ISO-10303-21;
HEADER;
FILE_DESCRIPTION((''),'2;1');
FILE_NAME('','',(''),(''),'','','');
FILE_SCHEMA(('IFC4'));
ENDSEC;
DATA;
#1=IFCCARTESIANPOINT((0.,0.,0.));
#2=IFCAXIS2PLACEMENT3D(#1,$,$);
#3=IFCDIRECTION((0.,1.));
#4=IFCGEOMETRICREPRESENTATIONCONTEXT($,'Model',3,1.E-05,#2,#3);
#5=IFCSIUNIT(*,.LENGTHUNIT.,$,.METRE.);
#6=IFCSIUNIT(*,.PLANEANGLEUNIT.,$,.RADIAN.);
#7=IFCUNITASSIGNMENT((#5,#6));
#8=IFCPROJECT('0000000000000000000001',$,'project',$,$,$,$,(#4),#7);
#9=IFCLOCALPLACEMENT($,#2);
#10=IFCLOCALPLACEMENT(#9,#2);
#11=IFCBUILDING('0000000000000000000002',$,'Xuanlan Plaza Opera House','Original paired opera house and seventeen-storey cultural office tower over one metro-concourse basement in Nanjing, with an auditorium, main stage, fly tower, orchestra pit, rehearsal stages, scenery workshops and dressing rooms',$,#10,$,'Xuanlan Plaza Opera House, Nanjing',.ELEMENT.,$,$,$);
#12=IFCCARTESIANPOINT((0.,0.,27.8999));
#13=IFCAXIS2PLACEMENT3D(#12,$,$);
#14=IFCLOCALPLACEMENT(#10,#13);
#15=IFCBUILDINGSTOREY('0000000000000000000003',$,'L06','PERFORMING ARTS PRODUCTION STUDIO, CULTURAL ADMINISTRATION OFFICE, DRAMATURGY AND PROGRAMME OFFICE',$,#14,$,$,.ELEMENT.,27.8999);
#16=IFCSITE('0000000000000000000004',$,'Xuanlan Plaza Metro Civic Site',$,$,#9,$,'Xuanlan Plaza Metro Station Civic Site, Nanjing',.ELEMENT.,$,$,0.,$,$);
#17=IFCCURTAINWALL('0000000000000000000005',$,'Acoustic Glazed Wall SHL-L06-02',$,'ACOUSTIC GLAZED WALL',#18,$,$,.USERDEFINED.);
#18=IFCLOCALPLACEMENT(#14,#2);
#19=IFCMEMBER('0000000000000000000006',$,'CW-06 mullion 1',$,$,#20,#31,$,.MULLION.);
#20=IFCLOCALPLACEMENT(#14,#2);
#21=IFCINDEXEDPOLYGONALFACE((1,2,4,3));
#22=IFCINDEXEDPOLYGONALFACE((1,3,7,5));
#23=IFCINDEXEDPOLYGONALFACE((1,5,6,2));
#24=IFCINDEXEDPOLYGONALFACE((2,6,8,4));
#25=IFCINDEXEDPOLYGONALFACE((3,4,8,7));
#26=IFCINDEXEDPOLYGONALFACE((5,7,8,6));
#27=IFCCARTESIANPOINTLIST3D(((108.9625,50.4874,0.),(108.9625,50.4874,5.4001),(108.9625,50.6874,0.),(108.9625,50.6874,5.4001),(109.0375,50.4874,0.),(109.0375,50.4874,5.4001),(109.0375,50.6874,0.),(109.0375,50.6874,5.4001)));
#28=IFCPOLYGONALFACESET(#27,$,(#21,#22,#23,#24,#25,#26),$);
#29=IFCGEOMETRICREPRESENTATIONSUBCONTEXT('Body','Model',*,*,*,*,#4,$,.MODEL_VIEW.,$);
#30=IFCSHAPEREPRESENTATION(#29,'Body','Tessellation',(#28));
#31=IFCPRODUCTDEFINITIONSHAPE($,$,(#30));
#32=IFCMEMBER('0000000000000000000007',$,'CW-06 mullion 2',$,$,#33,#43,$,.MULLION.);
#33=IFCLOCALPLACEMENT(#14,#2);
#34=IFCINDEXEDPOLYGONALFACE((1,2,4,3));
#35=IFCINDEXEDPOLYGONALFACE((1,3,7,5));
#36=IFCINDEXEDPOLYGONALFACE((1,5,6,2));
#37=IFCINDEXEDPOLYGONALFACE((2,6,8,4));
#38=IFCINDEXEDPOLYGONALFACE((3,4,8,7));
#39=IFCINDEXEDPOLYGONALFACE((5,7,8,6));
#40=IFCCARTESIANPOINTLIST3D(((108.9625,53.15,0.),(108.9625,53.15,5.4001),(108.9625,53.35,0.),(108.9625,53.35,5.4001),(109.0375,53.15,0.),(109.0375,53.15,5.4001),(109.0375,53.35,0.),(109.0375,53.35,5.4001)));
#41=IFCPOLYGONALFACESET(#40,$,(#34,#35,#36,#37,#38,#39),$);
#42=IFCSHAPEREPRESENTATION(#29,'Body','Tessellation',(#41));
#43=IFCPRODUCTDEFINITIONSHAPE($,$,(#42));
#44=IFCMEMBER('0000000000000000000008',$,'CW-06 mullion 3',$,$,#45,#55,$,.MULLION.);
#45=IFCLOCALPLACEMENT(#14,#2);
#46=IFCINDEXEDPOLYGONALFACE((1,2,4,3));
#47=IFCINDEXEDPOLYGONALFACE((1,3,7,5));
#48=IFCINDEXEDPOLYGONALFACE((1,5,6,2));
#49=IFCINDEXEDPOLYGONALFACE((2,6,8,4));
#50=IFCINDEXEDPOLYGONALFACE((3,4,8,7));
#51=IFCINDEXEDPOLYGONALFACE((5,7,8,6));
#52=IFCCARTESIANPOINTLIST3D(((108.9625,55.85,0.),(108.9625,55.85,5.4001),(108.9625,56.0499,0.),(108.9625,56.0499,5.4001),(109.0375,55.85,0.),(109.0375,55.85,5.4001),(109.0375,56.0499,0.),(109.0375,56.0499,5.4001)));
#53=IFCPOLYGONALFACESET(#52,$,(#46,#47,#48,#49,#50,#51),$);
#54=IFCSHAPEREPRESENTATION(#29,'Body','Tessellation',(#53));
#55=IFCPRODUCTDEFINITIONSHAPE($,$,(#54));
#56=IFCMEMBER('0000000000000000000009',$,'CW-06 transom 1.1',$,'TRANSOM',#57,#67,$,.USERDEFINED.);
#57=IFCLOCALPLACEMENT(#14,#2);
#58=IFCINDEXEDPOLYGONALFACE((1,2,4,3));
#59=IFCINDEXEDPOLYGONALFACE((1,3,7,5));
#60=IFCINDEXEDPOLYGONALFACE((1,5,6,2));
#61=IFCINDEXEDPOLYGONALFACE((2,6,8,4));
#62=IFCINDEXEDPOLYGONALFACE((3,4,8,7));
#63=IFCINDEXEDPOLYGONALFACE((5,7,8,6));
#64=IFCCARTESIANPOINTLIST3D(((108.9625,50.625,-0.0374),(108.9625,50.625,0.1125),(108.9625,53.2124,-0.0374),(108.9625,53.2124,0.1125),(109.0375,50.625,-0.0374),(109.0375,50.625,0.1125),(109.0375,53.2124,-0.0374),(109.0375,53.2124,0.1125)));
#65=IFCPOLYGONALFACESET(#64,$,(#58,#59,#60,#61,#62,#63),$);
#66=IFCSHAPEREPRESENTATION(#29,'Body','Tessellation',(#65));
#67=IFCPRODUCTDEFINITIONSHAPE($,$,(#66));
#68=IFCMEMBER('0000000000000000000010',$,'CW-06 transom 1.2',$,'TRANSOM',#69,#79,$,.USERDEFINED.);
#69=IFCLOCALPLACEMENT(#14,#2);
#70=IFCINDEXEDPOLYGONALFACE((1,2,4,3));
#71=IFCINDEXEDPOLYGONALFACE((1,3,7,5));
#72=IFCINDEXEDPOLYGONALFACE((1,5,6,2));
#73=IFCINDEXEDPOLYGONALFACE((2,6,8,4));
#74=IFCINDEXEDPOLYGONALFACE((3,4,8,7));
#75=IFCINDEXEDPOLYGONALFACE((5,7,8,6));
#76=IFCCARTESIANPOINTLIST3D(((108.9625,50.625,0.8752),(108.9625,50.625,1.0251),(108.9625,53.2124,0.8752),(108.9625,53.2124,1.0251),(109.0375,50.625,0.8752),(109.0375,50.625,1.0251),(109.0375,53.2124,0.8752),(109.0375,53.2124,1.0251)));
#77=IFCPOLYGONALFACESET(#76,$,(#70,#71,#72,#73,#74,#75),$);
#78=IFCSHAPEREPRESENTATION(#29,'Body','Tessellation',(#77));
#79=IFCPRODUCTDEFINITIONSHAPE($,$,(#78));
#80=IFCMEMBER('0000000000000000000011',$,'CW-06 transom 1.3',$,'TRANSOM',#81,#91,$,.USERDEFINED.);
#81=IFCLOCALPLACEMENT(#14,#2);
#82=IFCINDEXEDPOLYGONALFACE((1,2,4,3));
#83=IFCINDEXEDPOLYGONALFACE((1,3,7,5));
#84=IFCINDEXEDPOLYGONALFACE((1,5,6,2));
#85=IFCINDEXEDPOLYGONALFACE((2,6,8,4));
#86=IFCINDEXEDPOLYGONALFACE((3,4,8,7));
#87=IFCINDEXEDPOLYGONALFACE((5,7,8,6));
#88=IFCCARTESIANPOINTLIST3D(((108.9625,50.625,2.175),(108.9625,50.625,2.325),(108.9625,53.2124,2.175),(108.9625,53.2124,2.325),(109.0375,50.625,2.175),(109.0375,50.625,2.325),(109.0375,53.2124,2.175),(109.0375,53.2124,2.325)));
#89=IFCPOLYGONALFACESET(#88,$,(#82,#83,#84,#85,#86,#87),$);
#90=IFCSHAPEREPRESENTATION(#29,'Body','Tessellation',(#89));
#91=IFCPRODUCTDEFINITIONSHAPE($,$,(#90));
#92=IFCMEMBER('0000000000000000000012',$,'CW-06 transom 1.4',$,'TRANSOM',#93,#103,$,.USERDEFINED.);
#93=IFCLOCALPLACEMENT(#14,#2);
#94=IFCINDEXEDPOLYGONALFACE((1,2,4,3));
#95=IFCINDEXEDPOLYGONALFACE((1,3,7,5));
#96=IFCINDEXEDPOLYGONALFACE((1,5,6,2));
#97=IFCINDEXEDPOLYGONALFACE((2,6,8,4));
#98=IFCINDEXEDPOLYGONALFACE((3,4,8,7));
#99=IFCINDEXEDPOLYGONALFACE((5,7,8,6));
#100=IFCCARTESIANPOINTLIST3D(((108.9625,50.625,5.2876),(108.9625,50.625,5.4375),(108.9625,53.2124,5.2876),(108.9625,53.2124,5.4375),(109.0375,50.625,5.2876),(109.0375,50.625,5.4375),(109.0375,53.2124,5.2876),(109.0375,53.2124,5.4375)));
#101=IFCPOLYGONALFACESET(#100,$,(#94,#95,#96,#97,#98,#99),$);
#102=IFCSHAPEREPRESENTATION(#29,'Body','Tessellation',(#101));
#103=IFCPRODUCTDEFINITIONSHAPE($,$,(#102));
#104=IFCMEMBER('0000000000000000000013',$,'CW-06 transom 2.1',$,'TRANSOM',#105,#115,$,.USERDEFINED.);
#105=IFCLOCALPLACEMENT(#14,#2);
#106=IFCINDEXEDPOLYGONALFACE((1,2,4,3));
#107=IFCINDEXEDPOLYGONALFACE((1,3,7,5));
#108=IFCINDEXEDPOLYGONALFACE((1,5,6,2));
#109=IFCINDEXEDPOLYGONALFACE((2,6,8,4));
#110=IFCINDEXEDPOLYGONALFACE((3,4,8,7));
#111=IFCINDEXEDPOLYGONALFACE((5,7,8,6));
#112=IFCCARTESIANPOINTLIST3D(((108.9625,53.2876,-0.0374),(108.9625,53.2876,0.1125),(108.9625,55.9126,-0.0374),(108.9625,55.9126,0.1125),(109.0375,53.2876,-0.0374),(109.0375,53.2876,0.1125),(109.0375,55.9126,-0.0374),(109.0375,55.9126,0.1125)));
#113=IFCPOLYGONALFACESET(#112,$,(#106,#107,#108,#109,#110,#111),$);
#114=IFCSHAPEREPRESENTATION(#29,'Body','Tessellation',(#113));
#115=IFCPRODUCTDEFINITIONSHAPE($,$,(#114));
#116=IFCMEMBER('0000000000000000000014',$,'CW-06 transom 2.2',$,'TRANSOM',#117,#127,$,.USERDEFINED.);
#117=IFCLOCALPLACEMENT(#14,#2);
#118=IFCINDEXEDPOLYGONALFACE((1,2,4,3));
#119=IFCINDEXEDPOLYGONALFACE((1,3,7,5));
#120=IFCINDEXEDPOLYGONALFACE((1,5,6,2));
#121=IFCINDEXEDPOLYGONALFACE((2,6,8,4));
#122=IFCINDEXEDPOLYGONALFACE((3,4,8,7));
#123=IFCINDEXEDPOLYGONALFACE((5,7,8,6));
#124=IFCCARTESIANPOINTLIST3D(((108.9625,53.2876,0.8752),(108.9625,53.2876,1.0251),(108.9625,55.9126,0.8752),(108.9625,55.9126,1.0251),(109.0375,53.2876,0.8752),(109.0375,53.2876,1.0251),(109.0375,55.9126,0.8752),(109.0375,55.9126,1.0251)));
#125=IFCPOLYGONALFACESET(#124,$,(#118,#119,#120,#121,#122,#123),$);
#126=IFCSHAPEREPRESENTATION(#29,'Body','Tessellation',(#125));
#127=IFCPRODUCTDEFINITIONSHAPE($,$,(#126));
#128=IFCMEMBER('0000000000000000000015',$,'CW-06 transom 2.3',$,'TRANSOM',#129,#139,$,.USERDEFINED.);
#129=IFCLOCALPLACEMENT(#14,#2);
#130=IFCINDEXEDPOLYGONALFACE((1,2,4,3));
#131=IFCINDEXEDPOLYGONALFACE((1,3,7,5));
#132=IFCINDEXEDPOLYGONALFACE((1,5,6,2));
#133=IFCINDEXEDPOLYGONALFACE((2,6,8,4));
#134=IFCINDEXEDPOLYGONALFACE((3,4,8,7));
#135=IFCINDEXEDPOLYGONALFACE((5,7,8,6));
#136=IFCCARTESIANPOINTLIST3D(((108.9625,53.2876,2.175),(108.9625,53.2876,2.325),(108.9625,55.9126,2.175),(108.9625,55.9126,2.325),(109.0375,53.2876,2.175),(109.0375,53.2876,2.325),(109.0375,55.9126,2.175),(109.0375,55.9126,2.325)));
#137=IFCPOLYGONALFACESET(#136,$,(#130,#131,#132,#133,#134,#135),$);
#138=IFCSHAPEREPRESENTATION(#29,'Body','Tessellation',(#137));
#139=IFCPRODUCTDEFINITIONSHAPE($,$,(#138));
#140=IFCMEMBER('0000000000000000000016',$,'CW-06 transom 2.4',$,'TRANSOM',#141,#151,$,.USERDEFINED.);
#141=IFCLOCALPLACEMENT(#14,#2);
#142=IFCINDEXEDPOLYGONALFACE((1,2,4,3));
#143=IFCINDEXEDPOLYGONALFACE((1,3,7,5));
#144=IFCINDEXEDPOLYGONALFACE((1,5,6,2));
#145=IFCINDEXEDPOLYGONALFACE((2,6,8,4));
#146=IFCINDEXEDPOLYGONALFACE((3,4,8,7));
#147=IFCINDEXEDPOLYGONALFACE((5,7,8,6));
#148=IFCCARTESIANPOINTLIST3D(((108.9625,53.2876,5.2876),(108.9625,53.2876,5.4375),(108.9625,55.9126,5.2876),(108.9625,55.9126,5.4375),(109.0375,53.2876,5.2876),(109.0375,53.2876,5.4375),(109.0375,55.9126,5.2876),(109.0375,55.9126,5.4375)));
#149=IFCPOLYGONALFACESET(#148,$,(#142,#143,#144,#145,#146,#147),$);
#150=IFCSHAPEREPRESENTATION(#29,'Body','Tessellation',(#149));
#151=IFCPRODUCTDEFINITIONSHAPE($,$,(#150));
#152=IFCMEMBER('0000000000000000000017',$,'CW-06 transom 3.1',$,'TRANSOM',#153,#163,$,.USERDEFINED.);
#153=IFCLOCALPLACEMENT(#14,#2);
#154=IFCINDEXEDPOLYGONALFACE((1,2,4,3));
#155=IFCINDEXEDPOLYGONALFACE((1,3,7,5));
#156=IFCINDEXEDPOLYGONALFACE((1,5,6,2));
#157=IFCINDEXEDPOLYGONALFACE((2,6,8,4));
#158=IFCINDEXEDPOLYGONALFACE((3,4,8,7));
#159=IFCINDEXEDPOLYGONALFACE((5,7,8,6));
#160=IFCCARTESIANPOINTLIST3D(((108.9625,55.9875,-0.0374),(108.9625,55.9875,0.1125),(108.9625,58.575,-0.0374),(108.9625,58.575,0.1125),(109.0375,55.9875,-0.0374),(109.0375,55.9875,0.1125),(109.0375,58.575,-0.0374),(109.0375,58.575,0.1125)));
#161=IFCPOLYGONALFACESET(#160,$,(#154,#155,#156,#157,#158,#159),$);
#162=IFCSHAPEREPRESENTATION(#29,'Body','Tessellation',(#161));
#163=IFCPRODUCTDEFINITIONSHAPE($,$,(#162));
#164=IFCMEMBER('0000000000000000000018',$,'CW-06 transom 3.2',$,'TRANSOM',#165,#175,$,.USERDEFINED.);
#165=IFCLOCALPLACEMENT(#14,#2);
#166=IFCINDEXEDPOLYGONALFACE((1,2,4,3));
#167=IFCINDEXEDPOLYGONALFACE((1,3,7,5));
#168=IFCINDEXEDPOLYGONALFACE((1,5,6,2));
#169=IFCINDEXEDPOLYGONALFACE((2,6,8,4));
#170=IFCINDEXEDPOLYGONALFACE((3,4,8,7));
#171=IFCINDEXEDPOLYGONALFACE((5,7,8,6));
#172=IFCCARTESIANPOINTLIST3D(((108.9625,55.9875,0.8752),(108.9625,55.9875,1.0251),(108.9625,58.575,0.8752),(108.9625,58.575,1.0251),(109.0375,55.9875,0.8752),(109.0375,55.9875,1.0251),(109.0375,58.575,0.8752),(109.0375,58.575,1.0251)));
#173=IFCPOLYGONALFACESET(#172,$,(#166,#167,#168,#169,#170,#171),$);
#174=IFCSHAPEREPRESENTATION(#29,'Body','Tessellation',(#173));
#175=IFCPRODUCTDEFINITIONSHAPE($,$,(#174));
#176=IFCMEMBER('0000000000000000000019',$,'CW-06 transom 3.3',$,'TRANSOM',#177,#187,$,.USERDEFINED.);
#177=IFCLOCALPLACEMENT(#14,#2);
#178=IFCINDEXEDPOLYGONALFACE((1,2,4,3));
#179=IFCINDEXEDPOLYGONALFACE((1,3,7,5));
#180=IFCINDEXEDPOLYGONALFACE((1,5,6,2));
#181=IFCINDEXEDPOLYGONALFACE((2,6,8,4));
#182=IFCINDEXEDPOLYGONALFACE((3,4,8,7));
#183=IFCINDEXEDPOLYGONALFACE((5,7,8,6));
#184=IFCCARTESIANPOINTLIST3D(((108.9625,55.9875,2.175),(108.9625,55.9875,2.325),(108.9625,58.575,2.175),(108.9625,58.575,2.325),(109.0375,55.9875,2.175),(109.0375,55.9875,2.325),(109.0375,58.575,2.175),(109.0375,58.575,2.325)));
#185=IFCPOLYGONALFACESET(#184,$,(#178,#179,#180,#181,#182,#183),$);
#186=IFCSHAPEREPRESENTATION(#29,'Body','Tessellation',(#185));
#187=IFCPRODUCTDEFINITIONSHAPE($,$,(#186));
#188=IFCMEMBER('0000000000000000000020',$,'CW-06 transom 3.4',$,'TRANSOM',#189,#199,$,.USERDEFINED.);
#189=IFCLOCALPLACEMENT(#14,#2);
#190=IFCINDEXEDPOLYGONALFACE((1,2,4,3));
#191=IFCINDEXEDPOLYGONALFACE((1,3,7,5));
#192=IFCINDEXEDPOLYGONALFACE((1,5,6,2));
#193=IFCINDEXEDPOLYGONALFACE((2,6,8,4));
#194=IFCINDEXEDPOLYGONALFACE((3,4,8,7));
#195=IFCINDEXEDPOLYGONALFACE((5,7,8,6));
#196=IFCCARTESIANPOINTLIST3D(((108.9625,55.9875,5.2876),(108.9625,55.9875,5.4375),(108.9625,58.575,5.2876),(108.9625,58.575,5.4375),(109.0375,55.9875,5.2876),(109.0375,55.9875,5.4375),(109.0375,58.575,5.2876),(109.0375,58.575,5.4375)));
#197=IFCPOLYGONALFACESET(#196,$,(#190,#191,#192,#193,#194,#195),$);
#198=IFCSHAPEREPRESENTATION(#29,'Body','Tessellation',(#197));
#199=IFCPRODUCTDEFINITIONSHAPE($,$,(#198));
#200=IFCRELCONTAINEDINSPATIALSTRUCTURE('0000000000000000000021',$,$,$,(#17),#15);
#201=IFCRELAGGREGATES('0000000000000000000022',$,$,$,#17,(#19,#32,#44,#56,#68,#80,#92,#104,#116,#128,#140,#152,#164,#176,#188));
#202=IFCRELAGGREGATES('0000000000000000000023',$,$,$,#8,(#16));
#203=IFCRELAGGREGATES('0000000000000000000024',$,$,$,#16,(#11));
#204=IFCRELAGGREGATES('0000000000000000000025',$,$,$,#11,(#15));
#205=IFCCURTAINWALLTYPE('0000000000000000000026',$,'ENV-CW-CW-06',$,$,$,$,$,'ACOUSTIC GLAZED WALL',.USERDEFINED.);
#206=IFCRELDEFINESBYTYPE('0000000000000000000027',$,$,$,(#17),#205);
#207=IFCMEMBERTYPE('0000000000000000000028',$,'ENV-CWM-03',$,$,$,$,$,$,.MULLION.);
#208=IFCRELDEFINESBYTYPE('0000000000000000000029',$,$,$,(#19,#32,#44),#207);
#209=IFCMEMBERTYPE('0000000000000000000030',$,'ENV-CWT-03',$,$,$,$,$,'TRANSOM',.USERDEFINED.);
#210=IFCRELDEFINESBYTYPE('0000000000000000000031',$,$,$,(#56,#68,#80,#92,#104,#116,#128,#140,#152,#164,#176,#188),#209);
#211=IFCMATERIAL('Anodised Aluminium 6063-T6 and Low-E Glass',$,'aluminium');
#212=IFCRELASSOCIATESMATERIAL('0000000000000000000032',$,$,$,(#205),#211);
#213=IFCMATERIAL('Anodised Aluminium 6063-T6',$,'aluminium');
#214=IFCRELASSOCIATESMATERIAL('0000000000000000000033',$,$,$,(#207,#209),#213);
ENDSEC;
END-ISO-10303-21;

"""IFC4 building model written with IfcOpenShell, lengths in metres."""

from ifc_helpers import new_model, si_unit, direction, frame, origin, origin_2d, place, context, subcontext, project, spatial, rectangle, extrude, material, material_profile, profile_set, type_object, element, aggregate, save


model = new_model("IFC4")

# Units and contexts
model_context = context("Model", 3, precision=1e-05, world=origin(), true_north=direction((0.0, 1.0)))
body_context = subcontext(model_context, "Body", "Model", "MODEL_VIEW")
ifc_project = project(units=[si_unit("LENGTHUNIT", "METRE"), si_unit("PLANEANGLEUNIT", "RADIAN")], contexts=[model_context])

# Site, building, storey
site_placement = place(None, origin())
site = spatial("IfcSite", under=ifc_project, at=site_placement, Name="Xuanlan Plaza Metro Civic Site", LongName="Xuanlan Plaza Metro Station Civic Site, Nanjing", CompositionType="ELEMENT", RefElevation=0.0)
building_placement = place(site_placement, origin())
building = spatial("IfcBuilding", under=site, at=building_placement, Name="Xuanlan Plaza Opera House", Description="Original paired opera house and seventeen-storey cultural office tower over one metro-concourse basement in Nanjing, with an auditorium, main stage, fly tower, orchestra pit, rehearsal stages, scenery workshops and dressing rooms", LongName="Xuanlan Plaza Opera House, Nanjing", CompositionType="ELEMENT")
storey_placement = place(building_placement, frame((0.0, 0.0, 27.8999)))
storey = spatial("IfcBuildingStorey", under=building, at=storey_placement, Name="L06", Description="PERFORMING ARTS PRODUCTION STUDIO, CULTURAL ADMINISTRATION OFFICE, DRAMATURGY AND PROGRAMME OFFICE", CompositionType="ELEMENT", Elevation=27.8999)

# Curtain wall, members
ifc_material_1 = material(Name="Anodised Aluminium 6063-T6 and Low-E Glass", Category="aluminium")
curtain_wall_type = type_object("IfcCurtainWallType", Name="ENV-CW-CW-06", ElementType="ACOUSTIC GLAZED WALL", PredefinedType="USERDEFINED", material=ifc_material_1)
curtain_wall_1_placement = place(storey_placement, origin())
curtain_wall_1 = element("IfcCurtainWall", 1, at=curtain_wall_1_placement, inside=storey, type_object=curtain_wall_type, Name="Acoustic Glazed Wall SHL-L06-02", ObjectType="ACOUSTIC GLAZED WALL", PredefinedType="USERDEFINED")
ifc_material_2 = material(Name="Anodised Aluminium 6063-T6", Category="aluminium")
ifc_material_profile_1 = material_profile(ifc_material_2, rectangle(XDim=0.075, YDim=0.2, at=origin_2d()), Name="ALU-M 75x200")
ifc_profile_set_1 = profile_set([ifc_material_profile_1], Name="Anodised Aluminium 6063-T6")
member_type_1 = type_object("IfcMemberType", Name="ENV-CWM-03", PredefinedType="MULLION", material=ifc_profile_set_1)
member_1_placement = place(storey_placement, frame((109.0, 50.5874, 0.0), z_axis=(0.0, 0.0, 1.0), x_axis=(-1.0, 0.0, 0.0)))
member_1 = element("IfcMember", 2, at=member_1_placement, type_object=member_type_1, Name="CW-06 mullion 1", PredefinedType="MULLION", context=body_context, shape_type="SweptSolid", body=[
    extrude(rectangle(XDim=0.075, YDim=0.2, at=origin_2d()), origin(), (0.0, 0.0, 1.0), 5.4001),
])
member_2_placement = place(storey_placement, frame((109.0, 53.25, 0.0), z_axis=(0.0, 0.0, 1.0), x_axis=(-1.0, 0.0, 0.0)))
member_2 = element("IfcMember", 3, at=member_2_placement, type_object=member_type_1, Name="CW-06 mullion 2", PredefinedType="MULLION", context=body_context, shape_type="SweptSolid", body=[
    extrude(rectangle(XDim=0.075, YDim=0.2, at=origin_2d()), origin(), (0.0, 0.0, 1.0), 5.4001),
])
member_3_placement = place(storey_placement, frame((109.0, 55.95, 0.0), z_axis=(0.0, 0.0, 1.0), x_axis=(-1.0, 0.0, 0.0)))
member_3 = element("IfcMember", 4, at=member_3_placement, type_object=member_type_1, Name="CW-06 mullion 3", PredefinedType="MULLION", context=body_context, shape_type="SweptSolid", body=[
    extrude(rectangle(XDim=0.075, YDim=0.2, at=origin_2d()), origin(), (0.0, 0.0, 1.0), 5.4001),
])
ifc_material_profile_2 = material_profile(ifc_material_2, rectangle(XDim=0.075, YDim=0.1499, at=origin_2d()), Name="ALU-T 75x150")
ifc_profile_set_2 = profile_set([ifc_material_profile_2], Name="Anodised Aluminium 6063-T6")
member_type_2 = type_object("IfcMemberType", Name="ENV-CWT-03", ElementType="TRANSOM", PredefinedType="USERDEFINED", material=ifc_profile_set_2)
member_4_placement = place(storey_placement, frame((109.0, 50.625, 0.0376), z_axis=(0.0, 1.0, 0.0), x_axis=(-1.0, 0.0, 0.0)))
member_4 = element("IfcMember", 5, at=member_4_placement, type_object=member_type_2, Name="CW-06 transom 1.1", ObjectType="TRANSOM", PredefinedType="USERDEFINED", context=body_context, shape_type="SweptSolid", body=[
    extrude(rectangle(XDim=0.075, YDim=0.1499, at=origin_2d()), origin(), (0.0, 0.0, 1.0), 2.5874),
])
member_5_placement = place(storey_placement, frame((109.0, 50.625, 0.9502), z_axis=(0.0, 1.0, 0.0), x_axis=(-1.0, 0.0, 0.0)))
member_5 = element("IfcMember", 6, at=member_5_placement, type_object=member_type_2, Name="CW-06 transom 1.2", ObjectType="TRANSOM", PredefinedType="USERDEFINED", context=body_context, shape_type="SweptSolid", body=[
    extrude(rectangle(XDim=0.075, YDim=0.1499, at=origin_2d()), origin(), (0.0, 0.0, 1.0), 2.5874),
])
member_6_placement = place(storey_placement, frame((109.0, 50.625, 2.25), z_axis=(0.0, 1.0, 0.0), x_axis=(-1.0, 0.0, 0.0)))
member_6 = element("IfcMember", 7, at=member_6_placement, type_object=member_type_2, Name="CW-06 transom 1.3", ObjectType="TRANSOM", PredefinedType="USERDEFINED", context=body_context, shape_type="SweptSolid", body=[
    extrude(rectangle(XDim=0.075, YDim=0.1499, at=origin_2d()), origin(), (0.0, 0.0, 1.0), 2.5874),
])
member_7_placement = place(storey_placement, frame((109.0, 50.625, 5.3625), z_axis=(0.0, 1.0, 0.0), x_axis=(-1.0, 0.0, 0.0)))
member_7 = element("IfcMember", 8, at=member_7_placement, type_object=member_type_2, Name="CW-06 transom 1.4", ObjectType="TRANSOM", PredefinedType="USERDEFINED", context=body_context, shape_type="SweptSolid", body=[
    extrude(rectangle(XDim=0.075, YDim=0.1499, at=origin_2d()), origin(), (0.0, 0.0, 1.0), 2.5874),
])
member_8_placement = place(storey_placement, frame((109.0, 53.2876, 0.0376), z_axis=(0.0, 1.0, 0.0), x_axis=(-1.0, 0.0, 0.0)))
member_8 = element("IfcMember", 9, at=member_8_placement, type_object=member_type_2, Name="CW-06 transom 2.1", ObjectType="TRANSOM", PredefinedType="USERDEFINED", context=body_context, shape_type="SweptSolid", body=[
    extrude(rectangle(XDim=0.075, YDim=0.1499, at=origin_2d()), origin(), (0.0, 0.0, 1.0), 2.625),
])
member_9_placement = place(storey_placement, frame((109.0, 53.2876, 0.9502), z_axis=(0.0, 1.0, 0.0), x_axis=(-1.0, 0.0, 0.0)))
member_9 = element("IfcMember", 10, at=member_9_placement, type_object=member_type_2, Name="CW-06 transom 2.2", ObjectType="TRANSOM", PredefinedType="USERDEFINED", context=body_context, shape_type="SweptSolid", body=[
    extrude(rectangle(XDim=0.075, YDim=0.1499, at=origin_2d()), origin(), (0.0, 0.0, 1.0), 2.625),
])
member_10_placement = place(storey_placement, frame((109.0, 53.2876, 2.25), z_axis=(0.0, 1.0, 0.0), x_axis=(-1.0, 0.0, 0.0)))
member_10 = element("IfcMember", 11, at=member_10_placement, type_object=member_type_2, Name="CW-06 transom 2.3", ObjectType="TRANSOM", PredefinedType="USERDEFINED", context=body_context, shape_type="SweptSolid", body=[
    extrude(rectangle(XDim=0.075, YDim=0.1499, at=origin_2d()), origin(), (0.0, 0.0, 1.0), 2.625),
])
member_11_placement = place(storey_placement, frame((109.0, 53.2876, 5.3625), z_axis=(0.0, 1.0, 0.0), x_axis=(-1.0, 0.0, 0.0)))
member_11 = element("IfcMember", 12, at=member_11_placement, type_object=member_type_2, Name="CW-06 transom 2.4", ObjectType="TRANSOM", PredefinedType="USERDEFINED", context=body_context, shape_type="SweptSolid", body=[
    extrude(rectangle(XDim=0.075, YDim=0.1499, at=origin_2d()), origin(), (0.0, 0.0, 1.0), 2.625),
])
member_12_placement = place(storey_placement, frame((109.0, 55.9875, 0.0376), z_axis=(0.0, 1.0, 0.0), x_axis=(-1.0, 0.0, 0.0)))
member_12 = element("IfcMember", 13, at=member_12_placement, type_object=member_type_2, Name="CW-06 transom 3.1", ObjectType="TRANSOM", PredefinedType="USERDEFINED", context=body_context, shape_type="SweptSolid", body=[
    extrude(rectangle(XDim=0.075, YDim=0.1499, at=origin_2d()), origin(), (0.0, 0.0, 1.0), 2.5874),
])
member_13_placement = place(storey_placement, frame((109.0, 55.9875, 0.9502), z_axis=(0.0, 1.0, 0.0), x_axis=(-1.0, 0.0, 0.0)))
member_13 = element("IfcMember", 14, at=member_13_placement, type_object=member_type_2, Name="CW-06 transom 3.2", ObjectType="TRANSOM", PredefinedType="USERDEFINED", context=body_context, shape_type="SweptSolid", body=[
    extrude(rectangle(XDim=0.075, YDim=0.1499, at=origin_2d()), origin(), (0.0, 0.0, 1.0), 2.5874),
])
member_14_placement = place(storey_placement, frame((109.0, 55.9875, 2.25), z_axis=(0.0, 1.0, 0.0), x_axis=(-1.0, 0.0, 0.0)))
member_14 = element("IfcMember", 15, at=member_14_placement, type_object=member_type_2, Name="CW-06 transom 3.3", ObjectType="TRANSOM", PredefinedType="USERDEFINED", context=body_context, shape_type="SweptSolid", body=[
    extrude(rectangle(XDim=0.075, YDim=0.1499, at=origin_2d()), origin(), (0.0, 0.0, 1.0), 2.5874),
])
member_15_placement = place(storey_placement, frame((109.0, 55.9875, 5.3625), z_axis=(0.0, 1.0, 0.0), x_axis=(-1.0, 0.0, 0.0)))
member_15 = element("IfcMember", 16, at=member_15_placement, type_object=member_type_2, Name="CW-06 transom 3.4", ObjectType="TRANSOM", PredefinedType="USERDEFINED", context=body_context, shape_type="SweptSolid", body=[
    extrude(rectangle(XDim=0.075, YDim=0.1499, at=origin_2d()), origin(), (0.0, 0.0, 1.0), 2.5874),
])

aggregate(curtain_wall_1, [member_1, member_2, member_3, member_4, member_5, member_6, member_7, member_8, member_9, member_10, member_11, member_12, member_13, member_14, member_15])

save(model, "model.ifc")
